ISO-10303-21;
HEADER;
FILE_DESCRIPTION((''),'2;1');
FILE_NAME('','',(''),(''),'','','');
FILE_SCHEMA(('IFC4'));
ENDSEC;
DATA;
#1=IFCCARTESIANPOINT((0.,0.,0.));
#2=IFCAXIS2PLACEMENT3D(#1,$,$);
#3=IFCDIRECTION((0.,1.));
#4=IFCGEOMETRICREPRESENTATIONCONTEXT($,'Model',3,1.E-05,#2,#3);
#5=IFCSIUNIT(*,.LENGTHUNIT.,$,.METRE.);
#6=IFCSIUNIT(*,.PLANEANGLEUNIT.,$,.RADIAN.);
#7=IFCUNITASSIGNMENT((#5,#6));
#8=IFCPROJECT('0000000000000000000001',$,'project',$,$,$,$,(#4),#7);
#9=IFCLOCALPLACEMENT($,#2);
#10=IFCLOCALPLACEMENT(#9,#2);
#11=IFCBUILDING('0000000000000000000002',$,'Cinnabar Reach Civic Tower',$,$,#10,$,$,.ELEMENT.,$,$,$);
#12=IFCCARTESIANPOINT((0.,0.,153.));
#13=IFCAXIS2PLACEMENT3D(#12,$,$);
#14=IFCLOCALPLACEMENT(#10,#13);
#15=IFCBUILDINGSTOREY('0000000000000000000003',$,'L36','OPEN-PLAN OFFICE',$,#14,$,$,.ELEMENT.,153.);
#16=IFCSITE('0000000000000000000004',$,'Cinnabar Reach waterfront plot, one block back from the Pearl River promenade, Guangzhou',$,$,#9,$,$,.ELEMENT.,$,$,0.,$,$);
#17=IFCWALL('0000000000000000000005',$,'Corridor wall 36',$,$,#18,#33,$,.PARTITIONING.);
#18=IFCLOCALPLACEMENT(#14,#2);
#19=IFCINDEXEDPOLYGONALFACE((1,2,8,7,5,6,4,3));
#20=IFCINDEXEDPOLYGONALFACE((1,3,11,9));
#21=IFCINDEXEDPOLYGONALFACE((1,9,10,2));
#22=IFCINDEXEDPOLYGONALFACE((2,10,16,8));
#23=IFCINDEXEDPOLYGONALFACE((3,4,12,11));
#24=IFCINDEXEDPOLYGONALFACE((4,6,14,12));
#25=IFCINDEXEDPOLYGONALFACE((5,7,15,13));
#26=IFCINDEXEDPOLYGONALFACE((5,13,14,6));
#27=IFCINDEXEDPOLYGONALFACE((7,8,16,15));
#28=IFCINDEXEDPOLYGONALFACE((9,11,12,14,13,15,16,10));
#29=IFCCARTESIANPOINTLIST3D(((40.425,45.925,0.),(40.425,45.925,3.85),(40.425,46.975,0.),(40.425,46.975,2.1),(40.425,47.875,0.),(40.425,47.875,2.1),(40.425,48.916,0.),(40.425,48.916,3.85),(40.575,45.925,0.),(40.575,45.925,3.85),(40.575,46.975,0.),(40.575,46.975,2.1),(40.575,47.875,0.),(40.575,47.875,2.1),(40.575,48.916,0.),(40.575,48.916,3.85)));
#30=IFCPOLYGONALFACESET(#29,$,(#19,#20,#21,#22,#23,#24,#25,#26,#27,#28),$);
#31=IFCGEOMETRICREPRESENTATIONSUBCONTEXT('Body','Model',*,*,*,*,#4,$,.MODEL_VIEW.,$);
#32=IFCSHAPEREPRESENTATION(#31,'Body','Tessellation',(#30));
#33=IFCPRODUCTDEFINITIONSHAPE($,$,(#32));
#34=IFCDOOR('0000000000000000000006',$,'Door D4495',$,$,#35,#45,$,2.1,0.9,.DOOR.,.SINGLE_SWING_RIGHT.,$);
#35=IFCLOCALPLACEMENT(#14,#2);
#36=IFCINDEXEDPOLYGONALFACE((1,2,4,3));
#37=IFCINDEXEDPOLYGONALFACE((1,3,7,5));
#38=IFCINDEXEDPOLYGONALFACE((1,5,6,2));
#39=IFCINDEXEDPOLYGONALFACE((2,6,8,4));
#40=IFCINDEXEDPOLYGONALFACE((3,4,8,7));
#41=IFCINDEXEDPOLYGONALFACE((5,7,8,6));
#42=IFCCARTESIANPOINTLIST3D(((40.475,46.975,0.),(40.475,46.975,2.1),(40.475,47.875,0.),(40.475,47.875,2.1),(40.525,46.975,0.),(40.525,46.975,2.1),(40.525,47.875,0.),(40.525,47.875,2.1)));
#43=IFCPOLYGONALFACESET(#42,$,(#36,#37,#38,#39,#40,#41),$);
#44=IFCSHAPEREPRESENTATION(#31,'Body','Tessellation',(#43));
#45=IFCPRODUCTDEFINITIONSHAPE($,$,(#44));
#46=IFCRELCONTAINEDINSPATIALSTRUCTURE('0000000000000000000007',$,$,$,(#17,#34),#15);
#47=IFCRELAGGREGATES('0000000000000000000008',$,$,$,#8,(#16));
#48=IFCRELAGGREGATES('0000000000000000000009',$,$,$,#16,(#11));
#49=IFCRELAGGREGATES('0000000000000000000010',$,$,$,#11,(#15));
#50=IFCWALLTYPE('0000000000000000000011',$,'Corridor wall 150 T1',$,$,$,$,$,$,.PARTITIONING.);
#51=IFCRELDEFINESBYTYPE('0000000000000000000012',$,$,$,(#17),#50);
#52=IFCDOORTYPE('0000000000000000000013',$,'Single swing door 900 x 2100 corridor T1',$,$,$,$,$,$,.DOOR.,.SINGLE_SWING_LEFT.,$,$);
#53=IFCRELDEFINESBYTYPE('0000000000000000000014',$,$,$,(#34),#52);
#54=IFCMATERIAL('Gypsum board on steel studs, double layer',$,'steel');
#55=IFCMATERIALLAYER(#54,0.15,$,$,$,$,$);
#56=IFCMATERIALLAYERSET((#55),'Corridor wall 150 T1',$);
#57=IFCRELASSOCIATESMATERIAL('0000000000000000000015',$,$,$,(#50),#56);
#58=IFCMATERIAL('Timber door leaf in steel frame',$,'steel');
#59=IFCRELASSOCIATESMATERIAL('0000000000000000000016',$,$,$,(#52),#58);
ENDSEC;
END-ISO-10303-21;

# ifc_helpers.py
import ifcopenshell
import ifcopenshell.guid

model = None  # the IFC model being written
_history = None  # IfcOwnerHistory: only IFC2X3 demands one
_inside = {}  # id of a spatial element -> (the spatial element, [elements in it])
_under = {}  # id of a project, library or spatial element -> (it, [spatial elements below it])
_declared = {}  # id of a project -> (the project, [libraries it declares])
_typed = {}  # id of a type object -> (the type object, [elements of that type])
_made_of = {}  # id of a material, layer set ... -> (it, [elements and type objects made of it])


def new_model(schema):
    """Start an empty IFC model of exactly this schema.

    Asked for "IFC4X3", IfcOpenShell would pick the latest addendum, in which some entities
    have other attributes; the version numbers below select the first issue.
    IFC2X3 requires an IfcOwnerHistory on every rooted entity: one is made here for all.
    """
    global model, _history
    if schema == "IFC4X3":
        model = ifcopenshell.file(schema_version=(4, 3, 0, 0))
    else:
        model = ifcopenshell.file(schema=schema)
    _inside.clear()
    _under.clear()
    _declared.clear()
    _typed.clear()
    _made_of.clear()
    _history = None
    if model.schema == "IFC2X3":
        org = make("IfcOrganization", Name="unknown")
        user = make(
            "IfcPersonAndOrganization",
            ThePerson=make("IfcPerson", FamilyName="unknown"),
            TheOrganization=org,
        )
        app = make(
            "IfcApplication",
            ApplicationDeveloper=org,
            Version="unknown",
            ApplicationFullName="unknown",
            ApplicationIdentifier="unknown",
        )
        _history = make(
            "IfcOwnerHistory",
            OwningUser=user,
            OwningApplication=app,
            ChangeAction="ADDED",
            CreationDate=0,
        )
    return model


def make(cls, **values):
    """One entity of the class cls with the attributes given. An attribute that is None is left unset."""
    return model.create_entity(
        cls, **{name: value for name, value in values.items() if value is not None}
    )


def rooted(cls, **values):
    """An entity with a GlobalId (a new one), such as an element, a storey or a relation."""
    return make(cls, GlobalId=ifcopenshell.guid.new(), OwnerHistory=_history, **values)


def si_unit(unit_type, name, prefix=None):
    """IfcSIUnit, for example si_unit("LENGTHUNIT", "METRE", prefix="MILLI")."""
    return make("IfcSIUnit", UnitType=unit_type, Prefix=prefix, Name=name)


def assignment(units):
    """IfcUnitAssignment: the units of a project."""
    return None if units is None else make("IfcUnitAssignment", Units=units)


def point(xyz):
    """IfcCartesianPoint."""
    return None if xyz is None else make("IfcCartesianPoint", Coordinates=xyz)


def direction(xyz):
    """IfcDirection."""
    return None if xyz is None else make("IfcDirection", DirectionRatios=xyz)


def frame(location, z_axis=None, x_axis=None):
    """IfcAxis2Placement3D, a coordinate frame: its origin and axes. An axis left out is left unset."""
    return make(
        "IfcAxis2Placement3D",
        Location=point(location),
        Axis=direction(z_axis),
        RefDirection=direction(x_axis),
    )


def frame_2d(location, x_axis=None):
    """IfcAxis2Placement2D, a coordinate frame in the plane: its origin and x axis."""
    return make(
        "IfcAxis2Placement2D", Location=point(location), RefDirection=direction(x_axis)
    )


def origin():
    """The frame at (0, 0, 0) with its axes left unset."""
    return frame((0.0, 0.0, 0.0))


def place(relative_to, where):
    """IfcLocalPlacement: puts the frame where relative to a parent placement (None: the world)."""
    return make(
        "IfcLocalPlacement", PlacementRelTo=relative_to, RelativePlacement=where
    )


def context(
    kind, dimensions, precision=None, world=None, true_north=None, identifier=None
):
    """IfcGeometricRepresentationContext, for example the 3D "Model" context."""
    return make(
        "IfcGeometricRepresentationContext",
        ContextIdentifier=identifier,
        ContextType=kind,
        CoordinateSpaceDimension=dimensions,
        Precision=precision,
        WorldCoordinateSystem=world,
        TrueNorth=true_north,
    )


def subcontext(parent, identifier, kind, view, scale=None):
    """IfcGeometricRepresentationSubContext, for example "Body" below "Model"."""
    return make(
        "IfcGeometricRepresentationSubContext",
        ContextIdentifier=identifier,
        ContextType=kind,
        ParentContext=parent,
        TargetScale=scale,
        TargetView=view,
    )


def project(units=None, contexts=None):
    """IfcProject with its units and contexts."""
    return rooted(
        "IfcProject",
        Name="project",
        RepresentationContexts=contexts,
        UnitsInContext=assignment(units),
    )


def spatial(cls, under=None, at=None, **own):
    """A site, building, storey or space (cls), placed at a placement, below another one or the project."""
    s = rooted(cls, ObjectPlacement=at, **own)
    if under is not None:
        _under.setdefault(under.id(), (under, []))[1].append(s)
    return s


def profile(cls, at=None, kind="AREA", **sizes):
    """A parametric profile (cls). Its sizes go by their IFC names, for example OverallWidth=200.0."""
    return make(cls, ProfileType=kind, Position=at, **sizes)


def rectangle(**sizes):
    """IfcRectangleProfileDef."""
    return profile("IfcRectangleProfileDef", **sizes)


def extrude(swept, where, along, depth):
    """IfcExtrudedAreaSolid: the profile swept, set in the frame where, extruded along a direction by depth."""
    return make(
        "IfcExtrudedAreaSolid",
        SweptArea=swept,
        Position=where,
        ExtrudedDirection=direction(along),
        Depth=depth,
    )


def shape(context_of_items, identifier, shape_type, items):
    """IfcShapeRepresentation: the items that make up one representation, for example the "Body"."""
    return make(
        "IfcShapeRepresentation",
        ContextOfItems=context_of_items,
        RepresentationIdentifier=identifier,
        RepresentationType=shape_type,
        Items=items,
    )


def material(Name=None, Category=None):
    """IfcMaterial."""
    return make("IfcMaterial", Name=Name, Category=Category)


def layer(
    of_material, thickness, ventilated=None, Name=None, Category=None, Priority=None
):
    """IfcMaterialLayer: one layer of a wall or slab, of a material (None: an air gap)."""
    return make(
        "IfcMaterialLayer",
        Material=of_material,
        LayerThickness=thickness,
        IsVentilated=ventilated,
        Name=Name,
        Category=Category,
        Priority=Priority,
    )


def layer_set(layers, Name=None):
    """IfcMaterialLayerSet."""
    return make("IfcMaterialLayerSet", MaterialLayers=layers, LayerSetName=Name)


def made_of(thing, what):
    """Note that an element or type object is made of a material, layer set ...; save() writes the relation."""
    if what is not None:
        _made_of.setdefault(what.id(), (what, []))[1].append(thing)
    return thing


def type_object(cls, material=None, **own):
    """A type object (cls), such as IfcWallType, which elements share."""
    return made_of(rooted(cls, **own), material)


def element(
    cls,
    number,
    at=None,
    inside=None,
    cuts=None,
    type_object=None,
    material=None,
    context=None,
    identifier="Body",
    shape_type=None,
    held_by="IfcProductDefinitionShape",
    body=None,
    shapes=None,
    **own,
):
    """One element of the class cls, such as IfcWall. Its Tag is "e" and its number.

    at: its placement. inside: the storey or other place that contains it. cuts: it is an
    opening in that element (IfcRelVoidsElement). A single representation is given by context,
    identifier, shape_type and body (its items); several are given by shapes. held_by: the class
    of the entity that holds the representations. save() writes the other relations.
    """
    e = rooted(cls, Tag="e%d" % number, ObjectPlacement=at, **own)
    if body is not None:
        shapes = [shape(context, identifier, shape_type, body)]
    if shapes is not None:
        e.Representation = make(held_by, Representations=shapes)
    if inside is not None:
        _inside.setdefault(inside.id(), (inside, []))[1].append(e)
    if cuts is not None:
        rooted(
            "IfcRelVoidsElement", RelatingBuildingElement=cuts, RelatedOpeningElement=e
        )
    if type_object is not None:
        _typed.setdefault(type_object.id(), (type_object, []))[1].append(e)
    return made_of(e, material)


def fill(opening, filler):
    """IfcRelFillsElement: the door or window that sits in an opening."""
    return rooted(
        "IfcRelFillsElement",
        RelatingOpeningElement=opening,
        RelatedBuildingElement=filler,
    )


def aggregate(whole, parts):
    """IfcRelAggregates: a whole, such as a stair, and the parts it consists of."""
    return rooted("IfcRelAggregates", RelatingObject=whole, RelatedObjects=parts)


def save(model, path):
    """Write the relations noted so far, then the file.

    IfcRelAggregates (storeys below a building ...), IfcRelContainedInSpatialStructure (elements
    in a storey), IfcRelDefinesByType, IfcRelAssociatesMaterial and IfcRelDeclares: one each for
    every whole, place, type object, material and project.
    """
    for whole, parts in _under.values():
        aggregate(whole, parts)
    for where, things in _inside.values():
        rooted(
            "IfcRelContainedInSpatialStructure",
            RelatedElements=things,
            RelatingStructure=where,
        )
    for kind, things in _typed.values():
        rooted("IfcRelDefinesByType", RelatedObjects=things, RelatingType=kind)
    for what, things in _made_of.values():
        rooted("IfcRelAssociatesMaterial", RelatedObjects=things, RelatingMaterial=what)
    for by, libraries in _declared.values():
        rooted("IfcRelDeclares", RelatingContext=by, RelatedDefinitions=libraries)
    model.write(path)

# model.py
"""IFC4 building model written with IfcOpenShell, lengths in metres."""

from ifc_helpers import new_model, si_unit, direction, frame, frame_2d, origin, place, context, subcontext, project, spatial, rectangle, extrude, material, layer, layer_set, type_object, element, fill, save


model = new_model("IFC4")

# Units and contexts
model_context = context("Model", 3, precision=1e-05, world=origin(), true_north=direction((0.0, 1.0)))
body_context = subcontext(model_context, "Body", "Model", "MODEL_VIEW")
ifc_project = project(units=[si_unit("LENGTHUNIT", "METRE"), si_unit("PLANEANGLEUNIT", "RADIAN")], contexts=[model_context])

# Site, building, storey
site_placement = place(None, origin())
site = spatial("IfcSite", under=ifc_project, at=site_placement, Name="Cinnabar Reach waterfront plot, one block back from the Pearl River promenade, Guangzhou", CompositionType="ELEMENT", RefElevation=0.0)
building_placement = place(site_placement, origin())
building = spatial("IfcBuilding", under=site, at=building_placement, Name="Cinnabar Reach Civic Tower", CompositionType="ELEMENT")
storey_placement = place(building_placement, frame((0.0, 0.0, 153.0)))
storey = spatial("IfcBuildingStorey", under=building, at=storey_placement, Name="L36", Description="OPEN-PLAN OFFICE", CompositionType="ELEMENT", Elevation=153.0)

# Wall, opening, door
ifc_material_1 = material(Name="Gypsum board on steel studs, double layer", Category="steel")
ifc_layer_1 = layer(ifc_material_1, 0.15)
ifc_layer_set_1 = layer_set([ifc_layer_1], Name="Corridor wall 150 T1")
wall_type_1 = type_object("IfcWallType", Name="Corridor wall 150 T1", PredefinedType="PARTITIONING", material=ifc_layer_set_1)
wall_1_placement = place(storey_placement, frame((40.5, 45.925, 0.0), z_axis=(0.0, 0.0, 1.0), x_axis=(0.0, 1.0, 0.0)))
wall_1 = element("IfcWall", 1, at=wall_1_placement, inside=storey, type_object=wall_type_1, Name="Corridor wall 36", PredefinedType="PARTITIONING", context=body_context, shape_type="SweptSolid", body=[
    extrude(rectangle(XDim=2.991, YDim=0.15, at=frame_2d((1.4955, 0.0))), origin(), (0.0, 0.0, 1.0), 3.85),
])
opening_1_placement = place(wall_1_placement, frame((1.05, 0.0, 0.0)))
opening_1 = element("IfcOpeningElement", 2, at=opening_1_placement, cuts=wall_1, PredefinedType="OPENING", context=body_context, shape_type="SweptSolid", body=[
    extrude(rectangle(XDim=0.9, YDim=2.1, at=frame_2d((0.45, 1.05))), frame((0.0, 0.085, 0.0), z_axis=(0.0, -1.0, 0.0), x_axis=(1.0, 0.0, 0.0)), (0.0, 0.0, 1.0), 0.17),
])
ifc_material_2 = material(Name="Timber door leaf in steel frame", Category="steel")
door_type = type_object("IfcDoorType", Name="Single swing door 900 x 2100 corridor T1", OperationType="SINGLE_SWING_LEFT", PredefinedType="DOOR", material=ifc_material_2)
door_placement = place(opening_1_placement, origin())
door = element("IfcDoor", 3, at=door_placement, inside=storey, type_object=door_type, Name="Door D4495", OperationType="SINGLE_SWING_RIGHT", OverallHeight=2.1, OverallWidth=0.9, PredefinedType="DOOR", context=body_context, shape_type="SweptSolid", body=[
    extrude(rectangle(XDim=0.9, YDim=2.1, at=frame_2d((0.45, 1.05))), frame((0.0, 0.025, 0.0), z_axis=(0.0, -1.0, 0.0), x_axis=(1.0, 0.0, 0.0)), (0.0, 0.0, 1.0), 0.05),
])
fill(opening_1, door)

save(model, "model.ifc")
